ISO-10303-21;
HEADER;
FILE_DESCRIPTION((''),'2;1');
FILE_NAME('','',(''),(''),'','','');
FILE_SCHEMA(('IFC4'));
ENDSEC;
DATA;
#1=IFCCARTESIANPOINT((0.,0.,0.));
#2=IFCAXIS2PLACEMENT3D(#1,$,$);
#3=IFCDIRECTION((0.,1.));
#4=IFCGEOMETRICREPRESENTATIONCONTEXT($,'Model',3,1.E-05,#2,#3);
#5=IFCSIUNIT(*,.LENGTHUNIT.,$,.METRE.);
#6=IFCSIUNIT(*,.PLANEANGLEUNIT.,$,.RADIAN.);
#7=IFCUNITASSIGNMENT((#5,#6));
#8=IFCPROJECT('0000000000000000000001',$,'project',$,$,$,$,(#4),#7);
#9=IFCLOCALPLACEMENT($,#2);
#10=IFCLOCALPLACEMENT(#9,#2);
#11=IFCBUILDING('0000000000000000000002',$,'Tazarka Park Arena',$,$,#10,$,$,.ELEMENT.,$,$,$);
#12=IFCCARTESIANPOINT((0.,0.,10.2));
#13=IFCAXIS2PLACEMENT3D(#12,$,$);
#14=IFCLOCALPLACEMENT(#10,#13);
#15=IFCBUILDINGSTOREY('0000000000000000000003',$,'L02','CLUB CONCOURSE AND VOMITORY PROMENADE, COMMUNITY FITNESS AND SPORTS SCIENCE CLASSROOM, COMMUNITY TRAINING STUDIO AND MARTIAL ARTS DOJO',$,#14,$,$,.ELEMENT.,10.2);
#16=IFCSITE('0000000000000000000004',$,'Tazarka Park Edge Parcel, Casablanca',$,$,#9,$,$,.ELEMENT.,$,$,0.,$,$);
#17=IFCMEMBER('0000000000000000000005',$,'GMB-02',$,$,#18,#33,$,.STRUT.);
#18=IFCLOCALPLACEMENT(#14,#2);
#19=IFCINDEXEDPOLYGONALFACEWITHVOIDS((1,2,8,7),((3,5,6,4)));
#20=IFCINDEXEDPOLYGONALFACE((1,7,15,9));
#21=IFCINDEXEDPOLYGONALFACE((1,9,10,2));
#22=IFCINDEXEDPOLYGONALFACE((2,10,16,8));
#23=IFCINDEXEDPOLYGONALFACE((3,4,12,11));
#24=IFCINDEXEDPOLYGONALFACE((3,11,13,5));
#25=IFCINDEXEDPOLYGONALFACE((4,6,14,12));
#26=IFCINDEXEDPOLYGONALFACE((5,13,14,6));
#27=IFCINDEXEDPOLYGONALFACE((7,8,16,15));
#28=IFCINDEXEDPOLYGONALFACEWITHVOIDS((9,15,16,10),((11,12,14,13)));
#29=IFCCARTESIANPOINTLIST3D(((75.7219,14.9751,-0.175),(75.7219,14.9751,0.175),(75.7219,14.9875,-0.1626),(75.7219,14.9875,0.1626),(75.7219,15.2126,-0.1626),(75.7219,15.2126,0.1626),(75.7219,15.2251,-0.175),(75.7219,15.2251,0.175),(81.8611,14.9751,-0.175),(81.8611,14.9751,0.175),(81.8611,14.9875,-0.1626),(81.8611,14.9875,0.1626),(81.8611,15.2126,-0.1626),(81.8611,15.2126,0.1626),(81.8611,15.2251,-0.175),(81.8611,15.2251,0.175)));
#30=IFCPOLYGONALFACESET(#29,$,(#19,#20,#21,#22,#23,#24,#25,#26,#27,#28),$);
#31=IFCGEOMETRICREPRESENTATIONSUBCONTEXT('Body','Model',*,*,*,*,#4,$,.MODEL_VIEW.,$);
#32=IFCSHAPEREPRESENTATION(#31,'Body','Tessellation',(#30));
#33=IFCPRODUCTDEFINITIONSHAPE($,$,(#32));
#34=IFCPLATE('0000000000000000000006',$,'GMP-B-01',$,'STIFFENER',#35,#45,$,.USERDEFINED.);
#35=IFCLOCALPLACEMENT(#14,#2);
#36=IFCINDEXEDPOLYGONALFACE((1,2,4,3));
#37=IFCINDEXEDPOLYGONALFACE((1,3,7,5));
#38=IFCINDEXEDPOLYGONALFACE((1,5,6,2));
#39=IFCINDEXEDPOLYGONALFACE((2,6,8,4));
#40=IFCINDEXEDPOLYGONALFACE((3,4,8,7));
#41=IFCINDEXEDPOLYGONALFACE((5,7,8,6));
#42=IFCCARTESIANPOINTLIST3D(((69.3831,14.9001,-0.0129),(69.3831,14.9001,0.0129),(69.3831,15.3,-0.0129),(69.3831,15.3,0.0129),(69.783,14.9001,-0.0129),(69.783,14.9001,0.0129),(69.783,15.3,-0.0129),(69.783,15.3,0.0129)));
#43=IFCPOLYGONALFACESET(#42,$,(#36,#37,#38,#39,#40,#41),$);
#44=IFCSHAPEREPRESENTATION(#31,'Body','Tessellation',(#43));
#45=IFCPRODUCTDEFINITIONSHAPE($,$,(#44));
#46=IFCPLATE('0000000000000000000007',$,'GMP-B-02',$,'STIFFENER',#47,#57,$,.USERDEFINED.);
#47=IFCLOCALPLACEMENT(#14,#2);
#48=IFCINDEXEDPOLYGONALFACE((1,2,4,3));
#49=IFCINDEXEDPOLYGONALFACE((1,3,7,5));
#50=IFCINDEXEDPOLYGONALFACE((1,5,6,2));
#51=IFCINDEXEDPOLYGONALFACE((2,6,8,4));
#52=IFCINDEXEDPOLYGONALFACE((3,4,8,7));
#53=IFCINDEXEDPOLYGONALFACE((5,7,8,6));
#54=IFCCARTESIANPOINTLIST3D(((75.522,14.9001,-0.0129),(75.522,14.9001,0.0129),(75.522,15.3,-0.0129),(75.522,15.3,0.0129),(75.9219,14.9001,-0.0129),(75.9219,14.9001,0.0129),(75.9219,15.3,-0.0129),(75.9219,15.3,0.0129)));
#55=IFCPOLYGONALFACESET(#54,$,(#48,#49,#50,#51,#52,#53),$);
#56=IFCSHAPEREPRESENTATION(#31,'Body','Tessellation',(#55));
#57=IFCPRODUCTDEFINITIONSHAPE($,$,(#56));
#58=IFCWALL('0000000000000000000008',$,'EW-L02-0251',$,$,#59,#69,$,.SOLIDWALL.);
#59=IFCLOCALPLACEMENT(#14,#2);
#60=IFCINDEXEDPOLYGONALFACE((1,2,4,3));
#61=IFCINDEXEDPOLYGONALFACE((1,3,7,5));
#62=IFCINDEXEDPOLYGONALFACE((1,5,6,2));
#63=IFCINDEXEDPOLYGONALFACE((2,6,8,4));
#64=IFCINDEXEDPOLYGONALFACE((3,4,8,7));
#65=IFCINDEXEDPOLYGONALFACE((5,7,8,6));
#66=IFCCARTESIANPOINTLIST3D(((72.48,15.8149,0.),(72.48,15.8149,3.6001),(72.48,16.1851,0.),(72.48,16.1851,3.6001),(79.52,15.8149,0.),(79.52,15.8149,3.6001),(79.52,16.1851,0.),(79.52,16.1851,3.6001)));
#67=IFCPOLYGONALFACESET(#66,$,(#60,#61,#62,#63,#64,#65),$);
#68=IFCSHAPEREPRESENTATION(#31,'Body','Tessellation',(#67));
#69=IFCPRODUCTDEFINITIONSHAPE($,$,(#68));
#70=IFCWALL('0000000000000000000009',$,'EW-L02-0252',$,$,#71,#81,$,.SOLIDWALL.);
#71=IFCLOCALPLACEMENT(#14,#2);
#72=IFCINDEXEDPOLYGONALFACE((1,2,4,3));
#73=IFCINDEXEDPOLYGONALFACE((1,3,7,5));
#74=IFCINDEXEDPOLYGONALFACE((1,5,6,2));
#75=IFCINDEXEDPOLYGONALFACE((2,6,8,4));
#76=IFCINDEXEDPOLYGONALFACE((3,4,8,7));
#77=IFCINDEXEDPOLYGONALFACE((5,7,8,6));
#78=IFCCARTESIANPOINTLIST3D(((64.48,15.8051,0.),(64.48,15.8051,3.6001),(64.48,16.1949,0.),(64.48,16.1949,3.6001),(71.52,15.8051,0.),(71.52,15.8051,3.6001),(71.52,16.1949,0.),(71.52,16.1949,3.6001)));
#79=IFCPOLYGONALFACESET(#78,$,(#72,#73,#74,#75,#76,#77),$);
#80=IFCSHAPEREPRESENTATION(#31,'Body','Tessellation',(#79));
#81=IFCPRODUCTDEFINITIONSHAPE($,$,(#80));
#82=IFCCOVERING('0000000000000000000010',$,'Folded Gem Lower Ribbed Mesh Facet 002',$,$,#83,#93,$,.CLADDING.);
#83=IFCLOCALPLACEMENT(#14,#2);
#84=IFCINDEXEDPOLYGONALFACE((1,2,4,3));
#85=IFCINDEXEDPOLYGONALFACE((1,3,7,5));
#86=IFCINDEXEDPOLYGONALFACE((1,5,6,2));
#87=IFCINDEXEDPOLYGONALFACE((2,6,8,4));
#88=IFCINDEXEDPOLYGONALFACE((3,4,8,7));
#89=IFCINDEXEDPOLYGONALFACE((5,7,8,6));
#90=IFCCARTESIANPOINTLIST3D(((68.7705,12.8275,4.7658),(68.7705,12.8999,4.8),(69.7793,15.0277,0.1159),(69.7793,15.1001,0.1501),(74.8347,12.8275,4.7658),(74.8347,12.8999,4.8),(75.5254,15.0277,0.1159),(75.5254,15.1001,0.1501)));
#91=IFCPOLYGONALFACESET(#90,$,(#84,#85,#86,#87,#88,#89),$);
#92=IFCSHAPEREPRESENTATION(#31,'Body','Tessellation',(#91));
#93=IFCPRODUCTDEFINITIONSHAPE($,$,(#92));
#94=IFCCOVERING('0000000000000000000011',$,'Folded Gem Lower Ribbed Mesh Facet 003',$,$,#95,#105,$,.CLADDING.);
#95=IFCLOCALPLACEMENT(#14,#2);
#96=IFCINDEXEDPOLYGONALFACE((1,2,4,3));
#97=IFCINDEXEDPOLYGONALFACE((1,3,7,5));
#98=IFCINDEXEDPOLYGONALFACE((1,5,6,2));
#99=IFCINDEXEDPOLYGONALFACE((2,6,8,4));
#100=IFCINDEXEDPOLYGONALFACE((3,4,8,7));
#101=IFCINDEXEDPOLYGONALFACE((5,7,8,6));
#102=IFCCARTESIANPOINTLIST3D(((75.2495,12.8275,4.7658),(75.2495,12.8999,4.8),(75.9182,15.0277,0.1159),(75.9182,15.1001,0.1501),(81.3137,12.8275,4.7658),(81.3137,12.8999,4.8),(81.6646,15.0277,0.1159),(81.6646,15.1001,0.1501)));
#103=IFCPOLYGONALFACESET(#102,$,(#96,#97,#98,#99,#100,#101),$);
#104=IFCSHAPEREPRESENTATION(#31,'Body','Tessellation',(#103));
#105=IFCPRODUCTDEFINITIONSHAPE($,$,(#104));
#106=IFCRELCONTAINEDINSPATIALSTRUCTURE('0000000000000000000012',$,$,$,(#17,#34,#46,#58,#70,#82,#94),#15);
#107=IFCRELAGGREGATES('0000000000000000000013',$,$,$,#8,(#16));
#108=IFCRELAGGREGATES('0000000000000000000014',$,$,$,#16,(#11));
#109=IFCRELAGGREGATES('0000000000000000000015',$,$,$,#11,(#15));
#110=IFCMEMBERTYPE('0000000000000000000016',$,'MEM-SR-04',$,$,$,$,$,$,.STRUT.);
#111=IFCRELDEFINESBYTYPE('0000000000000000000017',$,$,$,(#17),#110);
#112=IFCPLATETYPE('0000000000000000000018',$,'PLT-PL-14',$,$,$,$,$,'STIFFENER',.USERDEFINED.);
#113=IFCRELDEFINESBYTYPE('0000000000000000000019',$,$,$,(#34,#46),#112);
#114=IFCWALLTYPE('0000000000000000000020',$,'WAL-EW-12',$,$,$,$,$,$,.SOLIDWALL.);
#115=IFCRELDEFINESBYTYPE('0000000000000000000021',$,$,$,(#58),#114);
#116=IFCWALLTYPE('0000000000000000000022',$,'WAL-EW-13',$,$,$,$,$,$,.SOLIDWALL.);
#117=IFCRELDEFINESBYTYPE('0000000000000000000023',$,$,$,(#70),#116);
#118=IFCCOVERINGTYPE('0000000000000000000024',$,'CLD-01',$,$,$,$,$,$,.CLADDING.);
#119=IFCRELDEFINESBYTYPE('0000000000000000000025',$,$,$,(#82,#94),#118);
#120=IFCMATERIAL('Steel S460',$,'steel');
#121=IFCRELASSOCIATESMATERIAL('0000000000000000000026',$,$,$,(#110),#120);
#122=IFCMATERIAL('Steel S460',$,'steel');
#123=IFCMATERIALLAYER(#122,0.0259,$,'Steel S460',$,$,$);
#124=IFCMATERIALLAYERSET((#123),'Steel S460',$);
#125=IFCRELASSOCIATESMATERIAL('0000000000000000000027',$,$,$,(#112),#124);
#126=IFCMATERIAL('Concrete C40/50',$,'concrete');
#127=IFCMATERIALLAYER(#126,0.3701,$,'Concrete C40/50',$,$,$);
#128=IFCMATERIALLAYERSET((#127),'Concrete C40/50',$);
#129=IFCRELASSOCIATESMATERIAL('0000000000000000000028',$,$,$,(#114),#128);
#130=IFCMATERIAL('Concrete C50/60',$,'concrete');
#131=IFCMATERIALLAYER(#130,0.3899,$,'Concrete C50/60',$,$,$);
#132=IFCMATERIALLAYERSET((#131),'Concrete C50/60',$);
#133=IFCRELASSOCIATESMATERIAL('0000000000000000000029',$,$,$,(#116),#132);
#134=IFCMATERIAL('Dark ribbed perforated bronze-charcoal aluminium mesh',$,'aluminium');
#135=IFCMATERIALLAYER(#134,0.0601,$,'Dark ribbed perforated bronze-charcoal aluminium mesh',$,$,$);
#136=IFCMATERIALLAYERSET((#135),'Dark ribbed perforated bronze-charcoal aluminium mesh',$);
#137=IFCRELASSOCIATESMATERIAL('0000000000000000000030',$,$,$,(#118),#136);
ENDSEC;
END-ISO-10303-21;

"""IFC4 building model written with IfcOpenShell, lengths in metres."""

from ifc_helpers import new_model, si_unit, direction, frame, frame_2d, origin, origin_2d, place, context, subcontext, project, spatial, polyline, rectangle, hollow_rectangle, outline, extrude, material, layer, layer_set, material_profile, profile_set, type_object, element, save


model = new_model("IFC4")

# Units and contexts
model_context = context("Model", 3, precision=1e-05, world=origin(), true_north=direction((0.0, 1.0)))
body_context = subcontext(model_context, "Body", "Model", "MODEL_VIEW")
ifc_project = project(units=[si_unit("LENGTHUNIT", "METRE"), si_unit("PLANEANGLEUNIT", "RADIAN")], contexts=[model_context])

# Site, building, storey
site_placement = place(None, origin())
site = spatial("IfcSite", under=ifc_project, at=site_placement, Name="Tazarka Park Edge Parcel, Casablanca", CompositionType="ELEMENT", RefElevation=0.0)
building_placement = place(site_placement, origin())
building = spatial("IfcBuilding", under=site, at=building_placement, Name="Tazarka Park Arena", CompositionType="ELEMENT")
storey_placement = place(building_placement, frame((0.0, 0.0, 10.2)))
storey = spatial("IfcBuildingStorey", under=building, at=storey_placement, Name="L02", Description="CLUB CONCOURSE AND VOMITORY PROMENADE, COMMUNITY FITNESS AND SPORTS SCIENCE CLASSROOM, COMMUNITY TRAINING STUDIO AND MARTIAL ARTS DOJO", CompositionType="ELEMENT", Elevation=10.2)

# Member
ifc_material_1 = material(Name="Steel S460", Category="steel")
ifc_material_profile_1 = material_profile(ifc_material_1, hollow_rectangle(XDim=0.25, YDim=0.3501, WallThickness=0.0125, at=origin_2d()), Name="Steel S460")
ifc_profile_set_1 = profile_set([ifc_material_profile_1], Name="Steel S460")
member_type_1 = type_object("IfcMemberType", Name="MEM-SR-04", PredefinedType="STRUT", material=ifc_profile_set_1)
member_1_placement = place(storey_placement, frame((75.7219, 15.1001, 0.0), z_axis=(1.0, 0.0, 0.0), x_axis=(0.0, 1.0, 0.0)))
element("IfcMember", 1, at=member_1_placement, inside=storey, type_object=member_type_1, Name="GMB-02", PredefinedType="STRUT", context=body_context, shape_type="SweptSolid", body=[
    extrude(hollow_rectangle(XDim=0.25, YDim=0.3501, WallThickness=0.0125, at=origin_2d()), origin(), (0.0, 0.0, 1.0), 6.1392),
])

# Plates
ifc_material_2 = material(Name="Steel S460", Category="steel")
ifc_layer_1 = layer(ifc_material_2, 0.0259, Name="Steel S460")
ifc_layer_set_1 = layer_set([ifc_layer_1], Name="Steel S460")
plate_type = type_object("IfcPlateType", Name="PLT-PL-14", ElementType="STIFFENER", PredefinedType="USERDEFINED", material=ifc_layer_set_1)
for number, where, z_axis, x_axis, name in (
    (2, (69.583, 15.1001, -0.0129), (0.0, 0.0, 1.0), (1.0, 0.0, 0.0), "GMP-B-01"),
    (3, (75.7219, 15.1001, -0.0129), (0.0, 0.0, 1.0), (1.0, 0.0, 0.0), "GMP-B-02"),
):
    element("IfcPlate", number, at=place(storey_placement, frame(where, z_axis=z_axis, x_axis=x_axis)), inside=storey, type_object=plate_type, Name=name, ObjectType="STIFFENER", PredefinedType="USERDEFINED", context=body_context, shape_type="SweptSolid", body=[
        extrude(rectangle(XDim=0.3999, YDim=0.3999, at=origin_2d()), origin(), (0.0, 0.0, 1.0), 0.0259),
    ])

# Walls
ifc_material_3 = material(Name="Concrete C40/50", Category="concrete")
ifc_layer_2 = layer(ifc_material_3, 0.3701, Name="Concrete C40/50")
ifc_layer_set_2 = layer_set([ifc_layer_2], Name="Concrete C40/50")
wall_type_1 = type_object("IfcWallType", Name="WAL-EW-12", PredefinedType="SOLIDWALL", material=ifc_layer_set_2)
wall_1_placement = place(storey_placement, frame((79.52, 16.0, 0.0), z_axis=(0.0, 0.0, 1.0), x_axis=(-1.0, 0.0, 0.0)))
element("IfcWall", 4, at=wall_1_placement, inside=storey, type_object=wall_type_1, Name="EW-L02-0251", PredefinedType="SOLIDWALL", context=body_context, shape_type="SweptSolid", body=[
    extrude(rectangle(XDim=7.04, YDim=0.3701, at=frame_2d((3.52, 0.0))), origin(), (0.0, 0.0, 1.0), 3.6001),
])
ifc_material_4 = material(Name="Concrete C50/60", Category="concrete")
ifc_layer_3 = layer(ifc_material_4, 0.3899, Name="Concrete C50/60")
ifc_layer_set_3 = layer_set([ifc_layer_3], Name="Concrete C50/60")
wall_type_2 = type_object("IfcWallType", Name="WAL-EW-13", PredefinedType="SOLIDWALL", material=ifc_layer_set_3)
wall_2_placement = place(storey_placement, frame((71.52, 16.0, 0.0), z_axis=(0.0, 0.0, 1.0), x_axis=(-1.0, 0.0, 0.0)))
element("IfcWall", 5, at=wall_2_placement, inside=storey, type_object=wall_type_2, Name="EW-L02-0252", PredefinedType="SOLIDWALL", context=body_context, shape_type="SweptSolid", body=[
    extrude(rectangle(XDim=7.04, YDim=0.3899, at=frame_2d((3.52, 0.0))), origin(), (0.0, 0.0, 1.0), 3.6001),
])

# Coverings
ifc_material_5 = material(Name="Dark ribbed perforated bronze-charcoal aluminium mesh", Category="aluminium")
ifc_layer_4 = layer(ifc_material_5, 0.0601, Name="Dark ribbed perforated bronze-charcoal aluminium mesh")
ifc_layer_set_4 = layer_set([ifc_layer_4], Name="Dark ribbed perforated bronze-charcoal aluminium mesh")
covering_type = type_object("IfcCoveringType", Name="CLD-01", PredefinedType="CLADDING", material=ifc_layer_set_4)
covering_1_placement = place(storey_placement, frame((69.7793, 15.1001, 0.1501), z_axis=(0.0, 0.903918, 0.427707), x_axis=(1.0, 0.0, 0.0)))
element("IfcCovering", 6, at=covering_1_placement, inside=storey, type_object=covering_type, Name="Folded Gem Lower Ribbed Mesh Facet 002", PredefinedType="CLADDING", context=body_context, shape_type="SweptSolid", body=[
    extrude(outline(polyline([(0.0, 0.0), (5.7461, 0.0), (5.0554, -5.1442), (-1.0088, -5.1442), (0.0, 0.0)])), origin(), (0.0, 0.0, -1.0), 0.0801),
])
covering_2_placement = place(storey_placement, frame((75.9182, 15.1001, 0.1501), z_axis=(0.0, 0.903918, 0.427707), x_axis=(1.0, 0.0, 0.0)))
element("IfcCovering", 7, at=covering_2_placement, inside=storey, type_object=covering_type, Name="Folded Gem Lower Ribbed Mesh Facet 003", PredefinedType="CLADDING", context=body_context, shape_type="SweptSolid", body=[
    extrude(outline(polyline([(0.0, 0.0), (5.7463, 0.0), (5.3955, -5.1442), (-0.6687, -5.1442), (0.0, 0.0)])), origin(), (0.0, 0.0, -1.0), 0.0801),
])

save(model, "model.ifc")
